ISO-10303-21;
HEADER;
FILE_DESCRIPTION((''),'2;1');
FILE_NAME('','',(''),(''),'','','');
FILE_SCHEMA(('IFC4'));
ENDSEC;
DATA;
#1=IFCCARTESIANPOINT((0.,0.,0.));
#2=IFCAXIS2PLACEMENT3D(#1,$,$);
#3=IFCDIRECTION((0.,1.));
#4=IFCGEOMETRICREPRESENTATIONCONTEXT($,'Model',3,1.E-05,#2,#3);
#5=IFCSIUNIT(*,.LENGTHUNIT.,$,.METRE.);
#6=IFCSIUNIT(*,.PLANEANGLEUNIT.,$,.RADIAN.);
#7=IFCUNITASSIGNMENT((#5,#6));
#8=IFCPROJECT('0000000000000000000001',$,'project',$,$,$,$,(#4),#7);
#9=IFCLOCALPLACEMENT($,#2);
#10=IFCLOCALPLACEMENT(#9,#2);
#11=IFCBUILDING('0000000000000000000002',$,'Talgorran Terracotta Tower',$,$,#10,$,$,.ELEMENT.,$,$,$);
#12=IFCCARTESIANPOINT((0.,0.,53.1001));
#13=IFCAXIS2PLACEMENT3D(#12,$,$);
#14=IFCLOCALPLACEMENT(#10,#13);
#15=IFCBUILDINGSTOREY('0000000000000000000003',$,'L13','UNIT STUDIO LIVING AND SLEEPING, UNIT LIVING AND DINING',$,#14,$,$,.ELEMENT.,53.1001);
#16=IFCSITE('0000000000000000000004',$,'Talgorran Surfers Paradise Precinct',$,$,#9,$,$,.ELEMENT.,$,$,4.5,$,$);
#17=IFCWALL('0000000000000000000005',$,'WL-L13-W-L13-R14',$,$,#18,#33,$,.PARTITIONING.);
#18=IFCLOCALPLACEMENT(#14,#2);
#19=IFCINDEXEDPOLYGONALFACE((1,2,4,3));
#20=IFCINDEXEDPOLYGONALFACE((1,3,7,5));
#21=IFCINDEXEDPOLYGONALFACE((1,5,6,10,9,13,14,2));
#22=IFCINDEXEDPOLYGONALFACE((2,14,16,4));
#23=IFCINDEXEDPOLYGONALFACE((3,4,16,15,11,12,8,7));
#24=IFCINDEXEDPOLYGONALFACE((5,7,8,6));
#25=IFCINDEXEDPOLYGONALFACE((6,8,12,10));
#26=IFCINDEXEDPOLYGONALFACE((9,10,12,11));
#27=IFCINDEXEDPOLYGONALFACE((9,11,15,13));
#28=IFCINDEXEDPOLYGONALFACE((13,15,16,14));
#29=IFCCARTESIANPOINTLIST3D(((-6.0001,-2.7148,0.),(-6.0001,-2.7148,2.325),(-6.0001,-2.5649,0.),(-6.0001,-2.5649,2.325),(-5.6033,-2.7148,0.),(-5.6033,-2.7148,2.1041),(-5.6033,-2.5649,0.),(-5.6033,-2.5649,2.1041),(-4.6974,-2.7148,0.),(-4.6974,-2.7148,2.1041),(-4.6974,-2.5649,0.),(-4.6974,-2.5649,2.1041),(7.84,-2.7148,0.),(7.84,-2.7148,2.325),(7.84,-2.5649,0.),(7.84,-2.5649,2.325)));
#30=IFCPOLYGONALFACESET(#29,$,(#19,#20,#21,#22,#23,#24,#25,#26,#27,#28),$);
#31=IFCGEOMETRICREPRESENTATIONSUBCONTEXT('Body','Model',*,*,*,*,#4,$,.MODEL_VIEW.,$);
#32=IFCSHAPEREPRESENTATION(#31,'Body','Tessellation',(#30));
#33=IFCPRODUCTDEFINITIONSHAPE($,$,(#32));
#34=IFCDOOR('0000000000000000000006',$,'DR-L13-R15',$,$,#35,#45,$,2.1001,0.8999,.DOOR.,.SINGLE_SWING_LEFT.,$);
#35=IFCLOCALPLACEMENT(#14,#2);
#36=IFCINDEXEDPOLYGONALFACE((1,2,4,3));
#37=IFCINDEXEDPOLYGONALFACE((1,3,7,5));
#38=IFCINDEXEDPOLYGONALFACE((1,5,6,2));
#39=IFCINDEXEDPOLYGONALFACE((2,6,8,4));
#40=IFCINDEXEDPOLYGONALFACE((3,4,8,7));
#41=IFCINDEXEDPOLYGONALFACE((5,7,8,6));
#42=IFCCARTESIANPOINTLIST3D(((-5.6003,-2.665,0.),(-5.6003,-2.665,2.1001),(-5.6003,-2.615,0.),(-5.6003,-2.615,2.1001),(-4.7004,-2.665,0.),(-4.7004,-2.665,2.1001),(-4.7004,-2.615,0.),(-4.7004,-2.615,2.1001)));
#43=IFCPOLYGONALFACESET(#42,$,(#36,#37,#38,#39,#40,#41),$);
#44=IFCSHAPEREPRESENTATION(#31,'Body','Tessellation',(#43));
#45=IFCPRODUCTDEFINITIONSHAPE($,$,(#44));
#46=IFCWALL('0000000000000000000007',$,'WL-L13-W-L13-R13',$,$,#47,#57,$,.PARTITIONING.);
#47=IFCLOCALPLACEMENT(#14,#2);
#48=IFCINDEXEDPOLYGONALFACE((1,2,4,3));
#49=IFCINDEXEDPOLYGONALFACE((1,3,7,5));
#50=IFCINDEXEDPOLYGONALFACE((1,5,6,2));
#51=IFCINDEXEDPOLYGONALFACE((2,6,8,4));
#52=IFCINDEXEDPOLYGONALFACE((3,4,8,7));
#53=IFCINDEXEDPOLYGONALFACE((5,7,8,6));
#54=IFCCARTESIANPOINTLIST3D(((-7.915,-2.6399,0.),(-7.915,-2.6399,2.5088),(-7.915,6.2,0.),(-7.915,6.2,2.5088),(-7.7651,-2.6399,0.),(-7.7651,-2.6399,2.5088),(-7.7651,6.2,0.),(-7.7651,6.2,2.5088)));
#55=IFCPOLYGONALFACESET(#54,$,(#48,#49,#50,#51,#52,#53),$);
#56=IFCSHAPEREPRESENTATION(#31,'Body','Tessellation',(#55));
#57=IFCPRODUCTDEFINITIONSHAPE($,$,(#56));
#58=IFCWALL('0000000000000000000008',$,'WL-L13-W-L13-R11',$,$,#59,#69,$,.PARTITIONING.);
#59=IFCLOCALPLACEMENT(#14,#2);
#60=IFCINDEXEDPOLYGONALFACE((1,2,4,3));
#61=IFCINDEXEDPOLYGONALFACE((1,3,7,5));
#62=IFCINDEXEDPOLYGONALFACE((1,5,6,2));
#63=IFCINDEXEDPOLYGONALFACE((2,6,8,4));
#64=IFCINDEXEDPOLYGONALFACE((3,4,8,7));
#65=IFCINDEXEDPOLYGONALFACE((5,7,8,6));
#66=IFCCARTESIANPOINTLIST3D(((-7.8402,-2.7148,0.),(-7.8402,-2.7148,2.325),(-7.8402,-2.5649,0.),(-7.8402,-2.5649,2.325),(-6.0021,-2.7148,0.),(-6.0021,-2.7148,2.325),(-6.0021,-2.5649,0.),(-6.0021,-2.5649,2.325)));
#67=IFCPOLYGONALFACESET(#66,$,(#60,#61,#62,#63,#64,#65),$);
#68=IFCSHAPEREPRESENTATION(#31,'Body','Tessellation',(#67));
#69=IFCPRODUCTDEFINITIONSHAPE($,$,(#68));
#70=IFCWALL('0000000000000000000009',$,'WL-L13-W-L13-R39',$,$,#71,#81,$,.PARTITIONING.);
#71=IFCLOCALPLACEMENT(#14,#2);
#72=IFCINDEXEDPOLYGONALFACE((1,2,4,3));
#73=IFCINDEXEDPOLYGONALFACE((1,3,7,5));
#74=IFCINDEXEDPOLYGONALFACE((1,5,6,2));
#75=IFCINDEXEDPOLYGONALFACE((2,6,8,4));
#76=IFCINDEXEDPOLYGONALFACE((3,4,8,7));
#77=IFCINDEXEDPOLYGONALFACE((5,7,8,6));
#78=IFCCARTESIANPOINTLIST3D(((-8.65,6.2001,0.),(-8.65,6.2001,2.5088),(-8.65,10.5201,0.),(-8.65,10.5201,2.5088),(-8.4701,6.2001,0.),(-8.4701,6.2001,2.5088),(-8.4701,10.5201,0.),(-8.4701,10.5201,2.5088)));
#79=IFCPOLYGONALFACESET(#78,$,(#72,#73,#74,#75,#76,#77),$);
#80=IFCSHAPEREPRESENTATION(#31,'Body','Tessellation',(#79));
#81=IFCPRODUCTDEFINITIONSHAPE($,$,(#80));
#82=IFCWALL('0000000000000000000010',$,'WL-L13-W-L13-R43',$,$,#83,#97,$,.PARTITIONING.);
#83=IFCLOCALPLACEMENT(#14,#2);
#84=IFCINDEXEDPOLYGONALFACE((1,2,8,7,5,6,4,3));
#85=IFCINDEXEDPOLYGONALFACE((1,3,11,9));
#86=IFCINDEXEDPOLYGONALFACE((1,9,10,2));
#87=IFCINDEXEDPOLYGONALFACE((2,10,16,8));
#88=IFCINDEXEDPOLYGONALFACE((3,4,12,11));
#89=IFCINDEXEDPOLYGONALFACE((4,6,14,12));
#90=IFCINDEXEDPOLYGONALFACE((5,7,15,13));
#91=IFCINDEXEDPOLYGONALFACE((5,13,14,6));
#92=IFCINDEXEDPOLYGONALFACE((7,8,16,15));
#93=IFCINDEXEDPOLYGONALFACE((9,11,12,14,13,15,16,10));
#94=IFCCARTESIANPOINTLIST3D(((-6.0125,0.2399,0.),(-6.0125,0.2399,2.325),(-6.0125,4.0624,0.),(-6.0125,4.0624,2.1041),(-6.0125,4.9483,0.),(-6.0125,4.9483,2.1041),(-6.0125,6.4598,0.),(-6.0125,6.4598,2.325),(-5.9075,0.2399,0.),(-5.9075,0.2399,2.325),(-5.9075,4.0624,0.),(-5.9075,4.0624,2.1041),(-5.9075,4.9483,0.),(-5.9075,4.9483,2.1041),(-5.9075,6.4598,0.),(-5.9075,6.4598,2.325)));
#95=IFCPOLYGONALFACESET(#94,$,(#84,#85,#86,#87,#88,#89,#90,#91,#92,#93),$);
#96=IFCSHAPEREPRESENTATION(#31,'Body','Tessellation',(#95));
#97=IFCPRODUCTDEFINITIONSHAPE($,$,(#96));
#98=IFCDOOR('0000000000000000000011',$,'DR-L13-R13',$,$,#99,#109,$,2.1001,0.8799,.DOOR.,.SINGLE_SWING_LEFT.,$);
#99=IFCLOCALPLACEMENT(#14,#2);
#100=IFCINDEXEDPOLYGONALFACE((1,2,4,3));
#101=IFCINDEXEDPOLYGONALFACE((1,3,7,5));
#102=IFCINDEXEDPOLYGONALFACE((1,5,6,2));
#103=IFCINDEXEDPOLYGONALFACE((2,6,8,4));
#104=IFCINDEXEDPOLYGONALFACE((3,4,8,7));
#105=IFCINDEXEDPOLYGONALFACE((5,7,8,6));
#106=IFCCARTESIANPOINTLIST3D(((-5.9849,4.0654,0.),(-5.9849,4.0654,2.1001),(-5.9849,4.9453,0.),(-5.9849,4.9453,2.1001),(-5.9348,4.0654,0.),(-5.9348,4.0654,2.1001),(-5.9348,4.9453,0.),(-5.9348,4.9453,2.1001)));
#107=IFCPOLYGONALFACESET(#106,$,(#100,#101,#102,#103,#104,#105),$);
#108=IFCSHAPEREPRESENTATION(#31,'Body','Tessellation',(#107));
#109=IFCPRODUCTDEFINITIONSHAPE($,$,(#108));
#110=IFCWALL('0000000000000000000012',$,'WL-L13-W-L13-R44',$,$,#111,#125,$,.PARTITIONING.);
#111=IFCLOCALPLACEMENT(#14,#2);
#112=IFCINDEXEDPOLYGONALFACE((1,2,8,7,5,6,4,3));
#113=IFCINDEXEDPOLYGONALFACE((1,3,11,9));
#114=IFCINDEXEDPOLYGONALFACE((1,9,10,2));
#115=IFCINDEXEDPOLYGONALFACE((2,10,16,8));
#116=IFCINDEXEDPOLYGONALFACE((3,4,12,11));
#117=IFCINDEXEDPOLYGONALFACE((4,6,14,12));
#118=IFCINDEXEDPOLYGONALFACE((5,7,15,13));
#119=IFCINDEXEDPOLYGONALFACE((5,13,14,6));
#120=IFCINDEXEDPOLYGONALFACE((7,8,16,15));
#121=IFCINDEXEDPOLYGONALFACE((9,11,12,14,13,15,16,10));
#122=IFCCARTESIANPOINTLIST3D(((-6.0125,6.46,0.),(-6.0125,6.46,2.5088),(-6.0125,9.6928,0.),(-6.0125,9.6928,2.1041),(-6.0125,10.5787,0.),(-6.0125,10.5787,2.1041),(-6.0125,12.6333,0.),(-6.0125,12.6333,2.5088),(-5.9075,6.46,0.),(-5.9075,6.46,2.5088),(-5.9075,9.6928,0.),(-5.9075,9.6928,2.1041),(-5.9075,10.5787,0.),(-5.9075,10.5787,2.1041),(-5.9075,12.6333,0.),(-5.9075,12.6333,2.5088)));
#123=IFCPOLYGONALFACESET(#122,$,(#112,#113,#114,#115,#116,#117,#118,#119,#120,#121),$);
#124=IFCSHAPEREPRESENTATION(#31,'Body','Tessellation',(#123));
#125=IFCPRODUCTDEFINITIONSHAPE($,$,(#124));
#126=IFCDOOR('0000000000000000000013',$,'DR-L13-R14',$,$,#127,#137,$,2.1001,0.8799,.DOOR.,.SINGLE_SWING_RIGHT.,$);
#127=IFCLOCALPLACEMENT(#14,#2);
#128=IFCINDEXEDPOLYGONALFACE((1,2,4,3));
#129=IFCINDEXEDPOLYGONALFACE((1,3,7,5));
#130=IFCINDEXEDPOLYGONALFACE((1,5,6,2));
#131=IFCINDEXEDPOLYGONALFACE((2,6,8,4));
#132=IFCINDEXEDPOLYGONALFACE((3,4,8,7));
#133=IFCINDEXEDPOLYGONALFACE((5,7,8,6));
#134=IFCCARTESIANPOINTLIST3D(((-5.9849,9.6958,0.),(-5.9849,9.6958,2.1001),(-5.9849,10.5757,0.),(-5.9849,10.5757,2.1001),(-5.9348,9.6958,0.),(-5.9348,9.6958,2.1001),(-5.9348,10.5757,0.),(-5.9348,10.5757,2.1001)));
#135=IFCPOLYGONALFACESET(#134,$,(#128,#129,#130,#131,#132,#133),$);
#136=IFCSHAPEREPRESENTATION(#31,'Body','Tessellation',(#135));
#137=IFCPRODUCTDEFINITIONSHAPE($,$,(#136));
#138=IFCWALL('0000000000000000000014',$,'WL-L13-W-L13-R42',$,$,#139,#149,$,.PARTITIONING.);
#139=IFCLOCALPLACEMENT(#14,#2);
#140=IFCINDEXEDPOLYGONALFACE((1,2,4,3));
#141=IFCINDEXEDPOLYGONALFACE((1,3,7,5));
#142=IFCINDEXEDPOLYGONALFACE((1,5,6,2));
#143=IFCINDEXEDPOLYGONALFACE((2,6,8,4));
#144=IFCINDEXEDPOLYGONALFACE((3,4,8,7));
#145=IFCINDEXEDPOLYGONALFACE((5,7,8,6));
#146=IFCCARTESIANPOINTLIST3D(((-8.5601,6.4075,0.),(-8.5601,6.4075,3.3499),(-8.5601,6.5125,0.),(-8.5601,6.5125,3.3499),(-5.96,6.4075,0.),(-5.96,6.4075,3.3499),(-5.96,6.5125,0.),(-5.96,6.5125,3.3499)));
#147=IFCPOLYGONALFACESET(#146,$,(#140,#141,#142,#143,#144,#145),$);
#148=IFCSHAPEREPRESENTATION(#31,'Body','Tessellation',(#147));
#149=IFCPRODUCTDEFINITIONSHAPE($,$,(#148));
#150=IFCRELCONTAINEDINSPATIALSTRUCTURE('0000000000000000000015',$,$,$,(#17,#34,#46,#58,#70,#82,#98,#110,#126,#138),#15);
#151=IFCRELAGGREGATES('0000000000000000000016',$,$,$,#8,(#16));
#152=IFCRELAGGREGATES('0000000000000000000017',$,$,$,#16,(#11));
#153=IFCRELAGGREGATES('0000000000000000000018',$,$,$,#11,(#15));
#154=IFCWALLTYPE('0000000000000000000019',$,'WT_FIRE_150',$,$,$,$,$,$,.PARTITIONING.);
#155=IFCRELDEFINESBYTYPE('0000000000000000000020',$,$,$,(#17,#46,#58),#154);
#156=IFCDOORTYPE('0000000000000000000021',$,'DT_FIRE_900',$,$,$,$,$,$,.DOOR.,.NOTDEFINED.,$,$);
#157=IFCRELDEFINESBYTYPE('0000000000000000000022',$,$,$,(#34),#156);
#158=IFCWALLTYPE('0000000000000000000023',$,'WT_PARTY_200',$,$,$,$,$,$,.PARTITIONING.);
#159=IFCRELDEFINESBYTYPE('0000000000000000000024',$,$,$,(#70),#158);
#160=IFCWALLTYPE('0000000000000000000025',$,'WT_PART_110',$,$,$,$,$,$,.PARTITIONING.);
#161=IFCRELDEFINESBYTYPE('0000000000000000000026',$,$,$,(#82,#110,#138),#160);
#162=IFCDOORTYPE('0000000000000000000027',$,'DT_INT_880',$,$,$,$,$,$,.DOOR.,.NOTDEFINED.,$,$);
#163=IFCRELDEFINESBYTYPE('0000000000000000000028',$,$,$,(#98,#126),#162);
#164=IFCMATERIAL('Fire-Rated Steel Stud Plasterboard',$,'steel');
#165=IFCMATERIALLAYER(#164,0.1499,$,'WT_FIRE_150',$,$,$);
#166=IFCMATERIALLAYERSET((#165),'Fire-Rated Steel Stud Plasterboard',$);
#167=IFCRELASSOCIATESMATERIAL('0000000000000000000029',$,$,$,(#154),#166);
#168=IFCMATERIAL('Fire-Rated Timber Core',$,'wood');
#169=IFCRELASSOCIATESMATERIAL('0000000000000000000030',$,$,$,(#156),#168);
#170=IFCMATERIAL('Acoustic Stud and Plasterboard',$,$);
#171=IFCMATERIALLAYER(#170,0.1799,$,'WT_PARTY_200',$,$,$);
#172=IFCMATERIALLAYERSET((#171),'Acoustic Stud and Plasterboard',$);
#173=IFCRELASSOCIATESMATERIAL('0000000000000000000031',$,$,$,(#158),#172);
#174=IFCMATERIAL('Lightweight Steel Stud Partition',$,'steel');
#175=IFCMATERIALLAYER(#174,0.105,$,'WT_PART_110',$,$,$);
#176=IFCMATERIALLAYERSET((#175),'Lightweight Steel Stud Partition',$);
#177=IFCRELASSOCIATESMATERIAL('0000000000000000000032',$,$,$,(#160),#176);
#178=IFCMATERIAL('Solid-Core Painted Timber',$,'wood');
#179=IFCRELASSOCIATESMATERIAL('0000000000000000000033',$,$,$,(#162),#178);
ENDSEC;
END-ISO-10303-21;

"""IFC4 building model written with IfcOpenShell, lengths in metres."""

from ifc_helpers import new_model, si_unit, direction, frame, frame_2d, origin, place, context, subcontext, project, spatial, rectangle, extrude, material, layer, layer_set, type_object, element, fill, save


model = new_model("IFC4")

# Units and contexts
model_context = context("Model", 3, precision=1e-05, world=origin(), true_north=direction((0.0, 1.0)))
body_context = subcontext(model_context, "Body", "Model", "MODEL_VIEW")
ifc_project = project(units=[si_unit("LENGTHUNIT", "METRE"), si_unit("PLANEANGLEUNIT", "RADIAN")], contexts=[model_context])

# Site, building, storey
site_placement = place(None, origin())
site = spatial("IfcSite", under=ifc_project, at=site_placement, Name="Talgorran Surfers Paradise Precinct", CompositionType="ELEMENT", RefElevation=4.5)
building_placement = place(site_placement, origin())
building = spatial("IfcBuilding", under=site, at=building_placement, Name="Talgorran Terracotta Tower", CompositionType="ELEMENT")
storey_placement = place(building_placement, frame((0.0, 0.0, 53.1001)))
storey = spatial("IfcBuildingStorey", under=building, at=storey_placement, Name="L13", Description="UNIT STUDIO LIVING AND SLEEPING, UNIT LIVING AND DINING", CompositionType="ELEMENT", Elevation=53.1001)

# Wall, opening, door
ifc_material_1 = material(Name="Fire-Rated Steel Stud Plasterboard", Category="steel")
ifc_layer_1 = layer(ifc_material_1, 0.1499, Name="WT_FIRE_150")
ifc_layer_set_1 = layer_set([ifc_layer_1], Name="Fire-Rated Steel Stud Plasterboard")
wall_type_1 = type_object("IfcWallType", Name="WT_FIRE_150", PredefinedType="PARTITIONING", material=ifc_layer_set_1)
wall_1_placement = place(storey_placement, frame((-6.0, -2.6399, 0.0), z_axis=(0.0, 0.0, 1.0), x_axis=(1.0, 0.0, 0.0)))
wall_1 = element("IfcWall", 1, at=wall_1_placement, inside=storey, type_object=wall_type_1, Name="WL-L13-W-L13-R14", PredefinedType="PARTITIONING", context=body_context, shape_type="SweptSolid", body=[
    extrude(rectangle(XDim=13.8401, YDim=0.1499, at=frame_2d((6.9199, 0.0))), origin(), (0.0, 0.0, 1.0), 2.325),
])
opening_1_placement = place(wall_1_placement, frame((0.3997, 0.0, 0.0)))
opening_1 = element("IfcOpeningElement", 2, at=opening_1_placement, cuts=wall_1, PredefinedType="OPENING", context=body_context, shape_type="SweptSolid", body=[
    extrude(rectangle(XDim=0.9059, YDim=2.1041, at=frame_2d((0.45, 1.052))), frame((0.0, 0.085, 0.0), z_axis=(0.0, -1.0, 0.0), x_axis=(1.0, 0.0, 0.0)), (0.0, 0.0, 1.0), 0.1699),
])
ifc_material_2 = material(Name="Fire-Rated Timber Core", Category="wood")
door_type_1 = type_object("IfcDoorType", Name="DT_FIRE_900", OperationType="NOTDEFINED", PredefinedType="DOOR", material=ifc_material_2)
door_1_placement = place(opening_1_placement, origin())
door_1 = element("IfcDoor", 3, at=door_1_placement, inside=storey, type_object=door_type_1, Name="DR-L13-R15", OperationType="SINGLE_SWING_LEFT", OverallHeight=2.1001, OverallWidth=0.8999, PredefinedType="DOOR", context=body_context, shape_type="SweptSolid", body=[
    extrude(rectangle(XDim=0.8999, YDim=2.1001, at=frame_2d((0.45, 1.05))), frame((0.0, 0.0249, 0.0), z_axis=(0.0, -1.0, 0.0), x_axis=(1.0, 0.0, 0.0)), (0.0, 0.0, 1.0), 0.05),
])
fill(opening_1, door_1)

# Walls
wall_2_placement = place(storey_placement, frame((-7.8401, -2.6399, 0.0), z_axis=(0.0, 0.0, 1.0), x_axis=(0.0, 1.0, 0.0)))
element("IfcWall", 4, at=wall_2_placement, inside=storey, type_object=wall_type_1, Name="WL-L13-W-L13-R13", PredefinedType="PARTITIONING", context=body_context, shape_type="SweptSolid", body=[
    extrude(rectangle(XDim=8.8398, YDim=0.1499, at=frame_2d((4.4199, 0.0))), origin(), (0.0, 0.0, 1.0), 2.5088),
])
wall_3_placement = place(storey_placement, frame((-7.8401, -2.6399, 0.0), z_axis=(0.0, 0.0, 1.0), x_axis=(1.0, 0.0, 0.0)))
element("IfcWall", 5, at=wall_3_placement, inside=storey, type_object=wall_type_1, Name="WL-L13-W-L13-R11", PredefinedType="PARTITIONING", context=body_context, shape_type="SweptSolid", body=[
    extrude(rectangle(XDim=1.8381, YDim=0.1499, at=frame_2d((0.9189, 0.0))), origin(), (0.0, 0.0, 1.0), 2.325),
])
ifc_material_3 = material(Name="Acoustic Stud and Plasterboard")
ifc_layer_2 = layer(ifc_material_3, 0.1799, Name="WT_PARTY_200")
ifc_layer_set_2 = layer_set([ifc_layer_2], Name="Acoustic Stud and Plasterboard")
wall_type_2 = type_object("IfcWallType", Name="WT_PARTY_200", PredefinedType="PARTITIONING", material=ifc_layer_set_2)
wall_4_placement = place(storey_placement, frame((-8.5601, 6.2, 0.0), z_axis=(0.0, 0.0, 1.0), x_axis=(0.0, 1.0, 0.0)))
element("IfcWall", 6, at=wall_4_placement, inside=storey, type_object=wall_type_2, Name="WL-L13-W-L13-R39", PredefinedType="PARTITIONING", context=body_context, shape_type="SweptSolid", body=[
    extrude(rectangle(XDim=4.3201, YDim=0.1799, at=frame_2d((2.1602, 0.0))), origin(), (0.0, 0.0, 1.0), 2.5088),
])

# Walls, openings, doors
ifc_material_4 = material(Name="Lightweight Steel Stud Partition", Category="steel")
ifc_layer_3 = layer(ifc_material_4, 0.105, Name="WT_PART_110")
ifc_layer_set_3 = layer_set([ifc_layer_3], Name="Lightweight Steel Stud Partition")
wall_type_3 = type_object("IfcWallType", Name="WT_PART_110", PredefinedType="PARTITIONING", material=ifc_layer_set_3)
wall_5_placement = place(storey_placement, frame((-5.96, 0.24, 0.0), z_axis=(0.0, 0.0, 1.0), x_axis=(0.0, 1.0, 0.0)))
wall_5 = element("IfcWall", 7, at=wall_5_placement, inside=storey, type_object=wall_type_3, Name="WL-L13-W-L13-R43", PredefinedType="PARTITIONING", context=body_context, shape_type="SweptSolid", body=[
    extrude(rectangle(XDim=6.22, YDim=0.105, at=frame_2d((3.1099, 0.0))), origin(), (0.0, 0.0, 1.0), 2.325),
])
opening_2_placement = place(wall_5_placement, frame((3.8254, 0.0, 0.0)))
opening_2 = element("IfcOpeningElement", 8, at=opening_2_placement, cuts=wall_5, PredefinedType="OPENING", context=body_context, shape_type="SweptSolid", body=[
    extrude(rectangle(XDim=0.8859, YDim=2.1041, at=frame_2d((0.4399, 1.052))), frame((0.0, 0.0625, 0.0), z_axis=(0.0, -1.0, 0.0), x_axis=(1.0, 0.0, 0.0)), (0.0, 0.0, 1.0), 0.125),
])
ifc_material_5 = material(Name="Solid-Core Painted Timber", Category="wood")
door_type_2 = type_object("IfcDoorType", Name="DT_INT_880", OperationType="NOTDEFINED", PredefinedType="DOOR", material=ifc_material_5)
door_2_placement = place(opening_2_placement, origin())
door_2 = element("IfcDoor", 9, at=door_2_placement, inside=storey, type_object=door_type_2, Name="DR-L13-R13", OperationType="SINGLE_SWING_LEFT", OverallHeight=2.1001, OverallWidth=0.8799, PredefinedType="DOOR", context=body_context, shape_type="SweptSolid", body=[
    extrude(rectangle(XDim=0.8799, YDim=2.1001, at=frame_2d((0.4399, 1.05))), frame((0.0, 0.0249, 0.0), z_axis=(0.0, -1.0, 0.0), x_axis=(1.0, 0.0, 0.0)), (0.0, 0.0, 1.0), 0.05),
])
fill(opening_2, door_2)
wall_6_placement = place(storey_placement, frame((-5.96, 6.46, 0.0), z_axis=(0.0, 0.0, 1.0), x_axis=(0.0, 1.0, 0.0)))
wall_6 = element("IfcWall", 10, at=wall_6_placement, inside=storey, type_object=wall_type_3, Name="WL-L13-W-L13-R44", PredefinedType="PARTITIONING", context=body_context, shape_type="SweptSolid", body=[
    extrude(rectangle(XDim=6.1733, YDim=0.105, at=frame_2d((3.0867, 0.0))), origin(), (0.0, 0.0, 1.0), 2.5088),
])
opening_3_placement = place(wall_6_placement, frame((3.2358, 0.0, 0.0)))
opening_3 = element("IfcOpeningElement", 11, at=opening_3_placement, cuts=wall_6, PredefinedType="OPENING", context=body_context, shape_type="SweptSolid", body=[
    extrude(rectangle(XDim=0.8859, YDim=2.1041, at=frame_2d((0.4399, 1.052))), frame((0.0, 0.0625, 0.0), z_axis=(0.0, -1.0, 0.0), x_axis=(1.0, 0.0, 0.0)), (0.0, 0.0, 1.0), 0.125),
])
door_3_placement = place(opening_3_placement, origin())
door_3 = element("IfcDoor", 12, at=door_3_placement, inside=storey, type_object=door_type_2, Name="DR-L13-R14", OperationType="SINGLE_SWING_RIGHT", OverallHeight=2.1001, OverallWidth=0.8799, PredefinedType="DOOR", context=body_context, shape_type="SweptSolid", body=[
    extrude(rectangle(XDim=0.8799, YDim=2.1001, at=frame_2d((0.4399, 1.05))), frame((0.0, 0.0249, 0.0), z_axis=(0.0, -1.0, 0.0), x_axis=(1.0, 0.0, 0.0)), (0.0, 0.0, 1.0), 0.05),
])
fill(opening_3, door_3)

# Wall
wall_7_placement = place(storey_placement, frame((-8.5601, 6.46, 0.0), z_axis=(0.0, 0.0, 1.0), x_axis=(1.0, 0.0, 0.0)))
element("IfcWall", 13, at=wall_7_placement, inside=storey, type_object=wall_type_3, Name="WL-L13-W-L13-R42", PredefinedType="PARTITIONING", context=body_context, shape_type="SweptSolid", body=[
    extrude(rectangle(XDim=2.6001, YDim=0.105, at=frame_2d((1.3, 0.0))), origin(), (0.0, 0.0, 1.0), 3.3499),
])

save(model, "model.ifc")
